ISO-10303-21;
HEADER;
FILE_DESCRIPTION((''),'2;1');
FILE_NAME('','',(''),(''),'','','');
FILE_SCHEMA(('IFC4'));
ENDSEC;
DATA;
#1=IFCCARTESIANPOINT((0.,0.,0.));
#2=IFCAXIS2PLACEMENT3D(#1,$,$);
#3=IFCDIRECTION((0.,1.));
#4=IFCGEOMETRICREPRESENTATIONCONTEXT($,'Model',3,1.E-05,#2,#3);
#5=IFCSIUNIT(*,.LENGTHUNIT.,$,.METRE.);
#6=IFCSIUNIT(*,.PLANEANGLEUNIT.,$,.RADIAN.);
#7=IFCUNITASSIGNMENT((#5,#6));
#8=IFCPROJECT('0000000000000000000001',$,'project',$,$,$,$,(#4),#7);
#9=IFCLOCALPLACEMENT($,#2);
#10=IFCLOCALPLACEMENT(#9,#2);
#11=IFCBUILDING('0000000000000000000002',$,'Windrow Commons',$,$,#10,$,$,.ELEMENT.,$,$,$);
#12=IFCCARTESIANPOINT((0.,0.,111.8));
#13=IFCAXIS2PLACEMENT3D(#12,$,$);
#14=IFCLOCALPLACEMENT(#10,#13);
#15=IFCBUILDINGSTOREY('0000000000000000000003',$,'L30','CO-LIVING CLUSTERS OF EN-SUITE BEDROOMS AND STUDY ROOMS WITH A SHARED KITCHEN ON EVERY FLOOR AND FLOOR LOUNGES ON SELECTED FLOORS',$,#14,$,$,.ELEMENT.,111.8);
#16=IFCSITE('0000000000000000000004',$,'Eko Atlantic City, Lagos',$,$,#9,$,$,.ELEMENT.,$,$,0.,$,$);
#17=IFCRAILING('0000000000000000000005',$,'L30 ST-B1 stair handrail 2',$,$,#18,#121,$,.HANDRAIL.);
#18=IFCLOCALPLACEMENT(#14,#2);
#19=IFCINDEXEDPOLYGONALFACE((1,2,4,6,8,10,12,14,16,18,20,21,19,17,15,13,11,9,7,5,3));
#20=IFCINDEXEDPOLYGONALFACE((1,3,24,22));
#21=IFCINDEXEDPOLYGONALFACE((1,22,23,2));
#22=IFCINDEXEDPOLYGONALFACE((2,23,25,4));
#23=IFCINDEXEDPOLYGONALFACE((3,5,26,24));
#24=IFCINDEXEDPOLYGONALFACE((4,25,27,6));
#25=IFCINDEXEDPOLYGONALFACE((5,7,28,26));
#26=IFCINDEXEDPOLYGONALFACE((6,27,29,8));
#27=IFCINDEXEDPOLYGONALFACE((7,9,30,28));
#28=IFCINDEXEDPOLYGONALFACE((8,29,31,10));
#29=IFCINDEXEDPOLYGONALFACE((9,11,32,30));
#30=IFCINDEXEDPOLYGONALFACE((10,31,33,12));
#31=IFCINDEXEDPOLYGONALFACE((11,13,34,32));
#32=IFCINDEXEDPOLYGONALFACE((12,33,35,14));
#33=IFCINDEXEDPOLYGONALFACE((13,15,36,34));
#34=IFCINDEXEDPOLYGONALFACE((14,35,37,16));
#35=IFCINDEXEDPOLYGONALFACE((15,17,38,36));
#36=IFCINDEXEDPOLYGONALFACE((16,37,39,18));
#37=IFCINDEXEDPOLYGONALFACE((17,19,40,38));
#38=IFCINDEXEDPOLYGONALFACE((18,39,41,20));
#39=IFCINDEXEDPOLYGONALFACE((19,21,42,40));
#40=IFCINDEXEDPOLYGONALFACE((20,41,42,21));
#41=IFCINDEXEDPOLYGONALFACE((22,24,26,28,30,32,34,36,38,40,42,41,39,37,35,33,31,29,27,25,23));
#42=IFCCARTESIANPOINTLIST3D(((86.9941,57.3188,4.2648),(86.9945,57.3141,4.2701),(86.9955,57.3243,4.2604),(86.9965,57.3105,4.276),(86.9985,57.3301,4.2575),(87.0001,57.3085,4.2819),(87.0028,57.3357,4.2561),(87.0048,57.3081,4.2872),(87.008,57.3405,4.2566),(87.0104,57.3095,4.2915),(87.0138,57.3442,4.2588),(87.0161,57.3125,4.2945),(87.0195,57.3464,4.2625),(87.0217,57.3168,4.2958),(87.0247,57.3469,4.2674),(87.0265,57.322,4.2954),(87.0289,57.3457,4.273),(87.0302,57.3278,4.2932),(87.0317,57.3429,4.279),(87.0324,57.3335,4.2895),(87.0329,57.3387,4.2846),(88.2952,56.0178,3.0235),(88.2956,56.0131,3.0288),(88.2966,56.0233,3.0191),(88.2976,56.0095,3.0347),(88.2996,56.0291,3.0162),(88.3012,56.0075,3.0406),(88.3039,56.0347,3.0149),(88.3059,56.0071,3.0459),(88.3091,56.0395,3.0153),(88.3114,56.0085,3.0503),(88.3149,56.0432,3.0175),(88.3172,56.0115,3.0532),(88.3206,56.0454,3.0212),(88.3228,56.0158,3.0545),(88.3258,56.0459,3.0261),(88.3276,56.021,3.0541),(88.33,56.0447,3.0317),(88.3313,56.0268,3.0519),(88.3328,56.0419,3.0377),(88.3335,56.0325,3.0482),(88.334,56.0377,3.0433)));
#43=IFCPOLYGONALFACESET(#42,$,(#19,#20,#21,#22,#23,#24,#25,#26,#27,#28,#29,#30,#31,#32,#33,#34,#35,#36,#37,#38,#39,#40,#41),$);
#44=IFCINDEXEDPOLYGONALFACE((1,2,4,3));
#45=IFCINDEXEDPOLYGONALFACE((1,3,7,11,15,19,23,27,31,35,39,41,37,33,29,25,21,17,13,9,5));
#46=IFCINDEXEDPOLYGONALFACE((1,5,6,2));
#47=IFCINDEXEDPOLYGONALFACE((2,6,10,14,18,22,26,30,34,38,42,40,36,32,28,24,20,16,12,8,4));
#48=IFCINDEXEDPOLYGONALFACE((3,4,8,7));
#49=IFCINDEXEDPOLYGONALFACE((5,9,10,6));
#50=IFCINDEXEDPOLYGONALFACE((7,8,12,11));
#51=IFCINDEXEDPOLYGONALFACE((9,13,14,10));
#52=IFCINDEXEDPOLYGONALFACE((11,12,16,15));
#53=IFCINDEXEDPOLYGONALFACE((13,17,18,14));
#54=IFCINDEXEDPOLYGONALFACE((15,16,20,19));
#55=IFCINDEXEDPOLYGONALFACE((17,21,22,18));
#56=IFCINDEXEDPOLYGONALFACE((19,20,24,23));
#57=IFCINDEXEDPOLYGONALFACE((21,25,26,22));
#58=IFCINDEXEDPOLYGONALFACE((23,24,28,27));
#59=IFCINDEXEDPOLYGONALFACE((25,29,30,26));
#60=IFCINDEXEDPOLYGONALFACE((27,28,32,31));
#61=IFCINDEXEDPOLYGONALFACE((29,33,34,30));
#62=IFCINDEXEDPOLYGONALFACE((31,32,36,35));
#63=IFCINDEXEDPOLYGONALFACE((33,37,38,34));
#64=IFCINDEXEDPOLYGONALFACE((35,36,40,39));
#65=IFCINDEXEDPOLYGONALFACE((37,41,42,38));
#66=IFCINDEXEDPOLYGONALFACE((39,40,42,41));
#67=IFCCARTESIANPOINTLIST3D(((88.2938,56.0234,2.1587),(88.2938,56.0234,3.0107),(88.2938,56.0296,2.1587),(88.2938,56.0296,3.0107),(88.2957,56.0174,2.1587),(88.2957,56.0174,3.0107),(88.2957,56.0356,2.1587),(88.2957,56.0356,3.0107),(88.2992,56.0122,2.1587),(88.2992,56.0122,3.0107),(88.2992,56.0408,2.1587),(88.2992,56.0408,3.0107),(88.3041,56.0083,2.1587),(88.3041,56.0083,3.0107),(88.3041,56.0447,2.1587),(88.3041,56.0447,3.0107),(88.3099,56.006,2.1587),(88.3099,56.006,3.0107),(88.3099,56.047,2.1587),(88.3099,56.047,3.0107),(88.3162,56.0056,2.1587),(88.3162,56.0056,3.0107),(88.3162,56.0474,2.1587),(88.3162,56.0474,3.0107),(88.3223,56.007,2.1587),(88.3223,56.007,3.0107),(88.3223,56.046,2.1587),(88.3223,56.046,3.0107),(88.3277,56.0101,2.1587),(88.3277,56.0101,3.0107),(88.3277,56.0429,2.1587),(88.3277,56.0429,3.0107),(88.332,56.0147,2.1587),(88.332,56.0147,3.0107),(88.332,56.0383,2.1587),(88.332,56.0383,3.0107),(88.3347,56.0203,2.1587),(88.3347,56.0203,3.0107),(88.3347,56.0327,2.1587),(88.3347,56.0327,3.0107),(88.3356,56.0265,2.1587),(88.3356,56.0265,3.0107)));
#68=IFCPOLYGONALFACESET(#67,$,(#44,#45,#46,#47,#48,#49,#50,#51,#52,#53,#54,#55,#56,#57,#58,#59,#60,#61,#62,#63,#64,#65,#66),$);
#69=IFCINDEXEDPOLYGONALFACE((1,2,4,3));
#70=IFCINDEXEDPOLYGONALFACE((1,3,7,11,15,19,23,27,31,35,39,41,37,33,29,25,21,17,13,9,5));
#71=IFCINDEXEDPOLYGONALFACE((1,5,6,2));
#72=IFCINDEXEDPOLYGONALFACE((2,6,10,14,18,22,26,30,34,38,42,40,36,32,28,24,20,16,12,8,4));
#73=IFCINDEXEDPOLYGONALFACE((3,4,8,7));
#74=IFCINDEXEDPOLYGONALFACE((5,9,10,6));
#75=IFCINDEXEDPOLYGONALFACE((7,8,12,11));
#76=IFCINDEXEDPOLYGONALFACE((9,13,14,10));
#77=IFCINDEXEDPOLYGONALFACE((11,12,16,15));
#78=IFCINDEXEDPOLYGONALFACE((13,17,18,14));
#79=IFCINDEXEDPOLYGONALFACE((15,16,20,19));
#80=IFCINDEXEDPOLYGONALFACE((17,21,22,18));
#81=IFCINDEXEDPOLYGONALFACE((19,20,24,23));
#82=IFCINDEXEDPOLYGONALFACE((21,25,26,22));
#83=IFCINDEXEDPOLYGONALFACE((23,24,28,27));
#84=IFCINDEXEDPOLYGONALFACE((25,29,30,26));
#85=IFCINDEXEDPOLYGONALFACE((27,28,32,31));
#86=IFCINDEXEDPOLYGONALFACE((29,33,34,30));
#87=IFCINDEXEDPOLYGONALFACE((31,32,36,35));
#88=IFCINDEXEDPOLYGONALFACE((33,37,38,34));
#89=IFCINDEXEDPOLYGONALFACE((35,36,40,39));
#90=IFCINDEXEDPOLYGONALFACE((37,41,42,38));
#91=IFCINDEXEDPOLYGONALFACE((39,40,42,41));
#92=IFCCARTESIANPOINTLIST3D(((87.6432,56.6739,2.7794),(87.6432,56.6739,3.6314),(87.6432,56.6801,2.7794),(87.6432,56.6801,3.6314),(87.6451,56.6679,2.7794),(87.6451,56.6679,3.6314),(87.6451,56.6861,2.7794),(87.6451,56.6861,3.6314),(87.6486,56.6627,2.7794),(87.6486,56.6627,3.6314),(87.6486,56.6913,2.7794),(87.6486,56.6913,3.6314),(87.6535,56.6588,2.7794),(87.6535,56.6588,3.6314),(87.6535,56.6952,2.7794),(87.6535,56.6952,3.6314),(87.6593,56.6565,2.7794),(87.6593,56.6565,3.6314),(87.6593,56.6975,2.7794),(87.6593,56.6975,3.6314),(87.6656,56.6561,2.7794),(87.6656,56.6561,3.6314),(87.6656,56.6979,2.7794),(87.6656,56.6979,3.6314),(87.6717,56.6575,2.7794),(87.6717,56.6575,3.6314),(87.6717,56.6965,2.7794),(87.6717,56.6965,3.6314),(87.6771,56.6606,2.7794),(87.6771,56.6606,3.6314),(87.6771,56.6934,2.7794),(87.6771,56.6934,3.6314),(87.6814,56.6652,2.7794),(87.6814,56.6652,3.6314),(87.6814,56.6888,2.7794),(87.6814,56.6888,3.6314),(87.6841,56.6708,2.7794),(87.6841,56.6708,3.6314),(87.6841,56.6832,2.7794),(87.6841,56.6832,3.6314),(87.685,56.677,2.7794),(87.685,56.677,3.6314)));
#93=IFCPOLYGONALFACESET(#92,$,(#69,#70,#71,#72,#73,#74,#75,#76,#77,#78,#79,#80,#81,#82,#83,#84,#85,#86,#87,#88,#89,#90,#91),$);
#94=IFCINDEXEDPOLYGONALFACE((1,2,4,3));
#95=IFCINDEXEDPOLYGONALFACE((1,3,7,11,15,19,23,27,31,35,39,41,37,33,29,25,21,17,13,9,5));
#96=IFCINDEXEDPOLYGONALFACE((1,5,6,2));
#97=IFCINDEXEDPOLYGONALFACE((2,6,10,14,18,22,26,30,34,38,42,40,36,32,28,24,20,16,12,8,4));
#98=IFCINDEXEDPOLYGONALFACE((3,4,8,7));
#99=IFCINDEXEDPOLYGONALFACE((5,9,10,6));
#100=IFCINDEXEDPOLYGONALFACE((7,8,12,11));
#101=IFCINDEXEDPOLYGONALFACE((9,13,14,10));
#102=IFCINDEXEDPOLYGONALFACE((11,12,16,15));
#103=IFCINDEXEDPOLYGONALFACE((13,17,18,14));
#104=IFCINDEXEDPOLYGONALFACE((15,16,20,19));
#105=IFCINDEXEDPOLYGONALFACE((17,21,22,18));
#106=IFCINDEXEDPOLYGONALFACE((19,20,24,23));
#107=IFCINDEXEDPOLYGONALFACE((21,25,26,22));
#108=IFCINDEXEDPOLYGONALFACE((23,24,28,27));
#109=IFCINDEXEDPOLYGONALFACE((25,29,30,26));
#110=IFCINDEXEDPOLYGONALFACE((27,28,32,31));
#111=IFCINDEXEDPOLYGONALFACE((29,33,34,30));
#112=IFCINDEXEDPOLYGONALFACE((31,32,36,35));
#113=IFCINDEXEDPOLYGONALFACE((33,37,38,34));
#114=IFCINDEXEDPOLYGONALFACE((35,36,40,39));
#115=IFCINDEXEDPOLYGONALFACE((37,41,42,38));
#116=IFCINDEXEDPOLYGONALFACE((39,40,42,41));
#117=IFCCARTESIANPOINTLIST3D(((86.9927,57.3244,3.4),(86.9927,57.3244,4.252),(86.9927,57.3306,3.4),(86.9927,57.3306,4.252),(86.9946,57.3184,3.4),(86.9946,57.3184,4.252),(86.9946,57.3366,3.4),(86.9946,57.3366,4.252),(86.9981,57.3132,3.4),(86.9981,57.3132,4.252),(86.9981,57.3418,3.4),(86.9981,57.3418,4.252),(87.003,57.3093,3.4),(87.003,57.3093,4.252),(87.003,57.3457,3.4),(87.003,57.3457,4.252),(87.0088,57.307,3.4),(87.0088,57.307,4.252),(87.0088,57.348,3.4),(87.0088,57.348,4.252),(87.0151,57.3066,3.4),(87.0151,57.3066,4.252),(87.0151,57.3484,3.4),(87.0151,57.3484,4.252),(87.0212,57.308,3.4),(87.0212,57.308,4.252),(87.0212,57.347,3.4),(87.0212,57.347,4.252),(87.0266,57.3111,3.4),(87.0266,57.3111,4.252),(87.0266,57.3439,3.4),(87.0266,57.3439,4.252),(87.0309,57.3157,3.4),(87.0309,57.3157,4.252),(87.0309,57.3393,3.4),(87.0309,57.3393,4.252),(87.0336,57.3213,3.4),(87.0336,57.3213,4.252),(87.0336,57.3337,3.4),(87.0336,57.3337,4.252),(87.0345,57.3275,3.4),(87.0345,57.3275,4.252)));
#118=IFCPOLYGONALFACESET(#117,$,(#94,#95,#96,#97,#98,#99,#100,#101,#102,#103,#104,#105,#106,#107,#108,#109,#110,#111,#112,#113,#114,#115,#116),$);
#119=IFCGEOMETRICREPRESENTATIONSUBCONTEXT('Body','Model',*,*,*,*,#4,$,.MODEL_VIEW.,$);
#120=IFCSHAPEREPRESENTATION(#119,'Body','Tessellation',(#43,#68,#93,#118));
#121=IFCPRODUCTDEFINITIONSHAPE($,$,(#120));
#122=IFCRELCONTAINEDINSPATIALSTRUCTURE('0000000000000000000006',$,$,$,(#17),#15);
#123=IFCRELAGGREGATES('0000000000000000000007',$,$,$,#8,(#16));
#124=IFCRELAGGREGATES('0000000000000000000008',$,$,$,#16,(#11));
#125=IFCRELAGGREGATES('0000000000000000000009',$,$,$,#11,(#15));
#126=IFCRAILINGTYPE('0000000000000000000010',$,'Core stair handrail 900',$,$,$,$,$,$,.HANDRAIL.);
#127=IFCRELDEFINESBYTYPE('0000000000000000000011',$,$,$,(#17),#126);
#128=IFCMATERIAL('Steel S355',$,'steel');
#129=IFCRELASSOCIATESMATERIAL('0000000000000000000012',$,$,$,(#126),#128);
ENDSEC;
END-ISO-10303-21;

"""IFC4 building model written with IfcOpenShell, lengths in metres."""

from ifc_helpers import new_model, si_unit, direction, frame, origin, origin_2d, place, context, subcontext, project, spatial, circle, extrude, material, type_object, element, save


model = new_model("IFC4")

# Units and contexts
model_context = context("Model", 3, precision=1e-05, world=origin(), true_north=direction((0.0, 1.0)))
body_context = subcontext(model_context, "Body", "Model", "MODEL_VIEW")
ifc_project = project(units=[si_unit("LENGTHUNIT", "METRE"), si_unit("PLANEANGLEUNIT", "RADIAN")], contexts=[model_context])

# Site, building, storey
site_placement = place(None, origin())
site = spatial("IfcSite", under=ifc_project, at=site_placement, Name="Eko Atlantic City, Lagos", CompositionType="ELEMENT", RefElevation=0.0)
building_placement = place(site_placement, origin())
building = spatial("IfcBuilding", under=site, at=building_placement, Name="Windrow Commons", CompositionType="ELEMENT")
storey_placement = place(building_placement, frame((0.0, 0.0, 111.8)))
storey = spatial("IfcBuildingStorey", under=building, at=storey_placement, Name="L30", Description="CO-LIVING CLUSTERS OF EN-SUITE BEDROOMS AND STUDY ROOMS WITH A SHARED KITCHEN ON EVERY FLOOR AND FLOOR LOUNGES ON SELECTED FLOORS", CompositionType="ELEMENT", Elevation=111.8)

# Railing
ifc_material_1 = material(Name="Steel S355", Category="steel")
railing_type_1 = type_object("IfcRailingType", Name="Core stair handrail 900", PredefinedType="HANDRAIL", material=ifc_material_1)
railing_1_placement = place(storey_placement, frame((88.3146, 56.0265, 2.1587)))
element("IfcRailing", 1, at=railing_1_placement, inside=storey, type_object=railing_type_1, Name="L30 ST-B1 stair handrail 2", PredefinedType="HANDRAIL", context=body_context, shape_type="SweptSolid", body=[
    extrude(circle(Radius=0.024, at=origin_2d()), frame((0.0, 0.0, 0.876), z_axis=(-0.586207, 0.586162, 0.559264), x_axis=(-0.70708, -0.707134, 0.0)), (0.0, 0.0, 1.0), 2.2195),
    extrude(circle(Radius=0.021, at=origin_2d()), origin(), (0.0, 0.0, 1.0), 0.852),
    extrude(circle(Radius=0.021, at=origin_2d()), frame((-0.6506, 0.6505, 0.6207)), (0.0, 0.0, 1.0), 0.852),
    extrude(circle(Radius=0.021, at=origin_2d()), frame((-1.3011, 1.301, 1.2413)), (0.0, 0.0, 1.0), 0.852),
])

save(model, "model.ifc")
